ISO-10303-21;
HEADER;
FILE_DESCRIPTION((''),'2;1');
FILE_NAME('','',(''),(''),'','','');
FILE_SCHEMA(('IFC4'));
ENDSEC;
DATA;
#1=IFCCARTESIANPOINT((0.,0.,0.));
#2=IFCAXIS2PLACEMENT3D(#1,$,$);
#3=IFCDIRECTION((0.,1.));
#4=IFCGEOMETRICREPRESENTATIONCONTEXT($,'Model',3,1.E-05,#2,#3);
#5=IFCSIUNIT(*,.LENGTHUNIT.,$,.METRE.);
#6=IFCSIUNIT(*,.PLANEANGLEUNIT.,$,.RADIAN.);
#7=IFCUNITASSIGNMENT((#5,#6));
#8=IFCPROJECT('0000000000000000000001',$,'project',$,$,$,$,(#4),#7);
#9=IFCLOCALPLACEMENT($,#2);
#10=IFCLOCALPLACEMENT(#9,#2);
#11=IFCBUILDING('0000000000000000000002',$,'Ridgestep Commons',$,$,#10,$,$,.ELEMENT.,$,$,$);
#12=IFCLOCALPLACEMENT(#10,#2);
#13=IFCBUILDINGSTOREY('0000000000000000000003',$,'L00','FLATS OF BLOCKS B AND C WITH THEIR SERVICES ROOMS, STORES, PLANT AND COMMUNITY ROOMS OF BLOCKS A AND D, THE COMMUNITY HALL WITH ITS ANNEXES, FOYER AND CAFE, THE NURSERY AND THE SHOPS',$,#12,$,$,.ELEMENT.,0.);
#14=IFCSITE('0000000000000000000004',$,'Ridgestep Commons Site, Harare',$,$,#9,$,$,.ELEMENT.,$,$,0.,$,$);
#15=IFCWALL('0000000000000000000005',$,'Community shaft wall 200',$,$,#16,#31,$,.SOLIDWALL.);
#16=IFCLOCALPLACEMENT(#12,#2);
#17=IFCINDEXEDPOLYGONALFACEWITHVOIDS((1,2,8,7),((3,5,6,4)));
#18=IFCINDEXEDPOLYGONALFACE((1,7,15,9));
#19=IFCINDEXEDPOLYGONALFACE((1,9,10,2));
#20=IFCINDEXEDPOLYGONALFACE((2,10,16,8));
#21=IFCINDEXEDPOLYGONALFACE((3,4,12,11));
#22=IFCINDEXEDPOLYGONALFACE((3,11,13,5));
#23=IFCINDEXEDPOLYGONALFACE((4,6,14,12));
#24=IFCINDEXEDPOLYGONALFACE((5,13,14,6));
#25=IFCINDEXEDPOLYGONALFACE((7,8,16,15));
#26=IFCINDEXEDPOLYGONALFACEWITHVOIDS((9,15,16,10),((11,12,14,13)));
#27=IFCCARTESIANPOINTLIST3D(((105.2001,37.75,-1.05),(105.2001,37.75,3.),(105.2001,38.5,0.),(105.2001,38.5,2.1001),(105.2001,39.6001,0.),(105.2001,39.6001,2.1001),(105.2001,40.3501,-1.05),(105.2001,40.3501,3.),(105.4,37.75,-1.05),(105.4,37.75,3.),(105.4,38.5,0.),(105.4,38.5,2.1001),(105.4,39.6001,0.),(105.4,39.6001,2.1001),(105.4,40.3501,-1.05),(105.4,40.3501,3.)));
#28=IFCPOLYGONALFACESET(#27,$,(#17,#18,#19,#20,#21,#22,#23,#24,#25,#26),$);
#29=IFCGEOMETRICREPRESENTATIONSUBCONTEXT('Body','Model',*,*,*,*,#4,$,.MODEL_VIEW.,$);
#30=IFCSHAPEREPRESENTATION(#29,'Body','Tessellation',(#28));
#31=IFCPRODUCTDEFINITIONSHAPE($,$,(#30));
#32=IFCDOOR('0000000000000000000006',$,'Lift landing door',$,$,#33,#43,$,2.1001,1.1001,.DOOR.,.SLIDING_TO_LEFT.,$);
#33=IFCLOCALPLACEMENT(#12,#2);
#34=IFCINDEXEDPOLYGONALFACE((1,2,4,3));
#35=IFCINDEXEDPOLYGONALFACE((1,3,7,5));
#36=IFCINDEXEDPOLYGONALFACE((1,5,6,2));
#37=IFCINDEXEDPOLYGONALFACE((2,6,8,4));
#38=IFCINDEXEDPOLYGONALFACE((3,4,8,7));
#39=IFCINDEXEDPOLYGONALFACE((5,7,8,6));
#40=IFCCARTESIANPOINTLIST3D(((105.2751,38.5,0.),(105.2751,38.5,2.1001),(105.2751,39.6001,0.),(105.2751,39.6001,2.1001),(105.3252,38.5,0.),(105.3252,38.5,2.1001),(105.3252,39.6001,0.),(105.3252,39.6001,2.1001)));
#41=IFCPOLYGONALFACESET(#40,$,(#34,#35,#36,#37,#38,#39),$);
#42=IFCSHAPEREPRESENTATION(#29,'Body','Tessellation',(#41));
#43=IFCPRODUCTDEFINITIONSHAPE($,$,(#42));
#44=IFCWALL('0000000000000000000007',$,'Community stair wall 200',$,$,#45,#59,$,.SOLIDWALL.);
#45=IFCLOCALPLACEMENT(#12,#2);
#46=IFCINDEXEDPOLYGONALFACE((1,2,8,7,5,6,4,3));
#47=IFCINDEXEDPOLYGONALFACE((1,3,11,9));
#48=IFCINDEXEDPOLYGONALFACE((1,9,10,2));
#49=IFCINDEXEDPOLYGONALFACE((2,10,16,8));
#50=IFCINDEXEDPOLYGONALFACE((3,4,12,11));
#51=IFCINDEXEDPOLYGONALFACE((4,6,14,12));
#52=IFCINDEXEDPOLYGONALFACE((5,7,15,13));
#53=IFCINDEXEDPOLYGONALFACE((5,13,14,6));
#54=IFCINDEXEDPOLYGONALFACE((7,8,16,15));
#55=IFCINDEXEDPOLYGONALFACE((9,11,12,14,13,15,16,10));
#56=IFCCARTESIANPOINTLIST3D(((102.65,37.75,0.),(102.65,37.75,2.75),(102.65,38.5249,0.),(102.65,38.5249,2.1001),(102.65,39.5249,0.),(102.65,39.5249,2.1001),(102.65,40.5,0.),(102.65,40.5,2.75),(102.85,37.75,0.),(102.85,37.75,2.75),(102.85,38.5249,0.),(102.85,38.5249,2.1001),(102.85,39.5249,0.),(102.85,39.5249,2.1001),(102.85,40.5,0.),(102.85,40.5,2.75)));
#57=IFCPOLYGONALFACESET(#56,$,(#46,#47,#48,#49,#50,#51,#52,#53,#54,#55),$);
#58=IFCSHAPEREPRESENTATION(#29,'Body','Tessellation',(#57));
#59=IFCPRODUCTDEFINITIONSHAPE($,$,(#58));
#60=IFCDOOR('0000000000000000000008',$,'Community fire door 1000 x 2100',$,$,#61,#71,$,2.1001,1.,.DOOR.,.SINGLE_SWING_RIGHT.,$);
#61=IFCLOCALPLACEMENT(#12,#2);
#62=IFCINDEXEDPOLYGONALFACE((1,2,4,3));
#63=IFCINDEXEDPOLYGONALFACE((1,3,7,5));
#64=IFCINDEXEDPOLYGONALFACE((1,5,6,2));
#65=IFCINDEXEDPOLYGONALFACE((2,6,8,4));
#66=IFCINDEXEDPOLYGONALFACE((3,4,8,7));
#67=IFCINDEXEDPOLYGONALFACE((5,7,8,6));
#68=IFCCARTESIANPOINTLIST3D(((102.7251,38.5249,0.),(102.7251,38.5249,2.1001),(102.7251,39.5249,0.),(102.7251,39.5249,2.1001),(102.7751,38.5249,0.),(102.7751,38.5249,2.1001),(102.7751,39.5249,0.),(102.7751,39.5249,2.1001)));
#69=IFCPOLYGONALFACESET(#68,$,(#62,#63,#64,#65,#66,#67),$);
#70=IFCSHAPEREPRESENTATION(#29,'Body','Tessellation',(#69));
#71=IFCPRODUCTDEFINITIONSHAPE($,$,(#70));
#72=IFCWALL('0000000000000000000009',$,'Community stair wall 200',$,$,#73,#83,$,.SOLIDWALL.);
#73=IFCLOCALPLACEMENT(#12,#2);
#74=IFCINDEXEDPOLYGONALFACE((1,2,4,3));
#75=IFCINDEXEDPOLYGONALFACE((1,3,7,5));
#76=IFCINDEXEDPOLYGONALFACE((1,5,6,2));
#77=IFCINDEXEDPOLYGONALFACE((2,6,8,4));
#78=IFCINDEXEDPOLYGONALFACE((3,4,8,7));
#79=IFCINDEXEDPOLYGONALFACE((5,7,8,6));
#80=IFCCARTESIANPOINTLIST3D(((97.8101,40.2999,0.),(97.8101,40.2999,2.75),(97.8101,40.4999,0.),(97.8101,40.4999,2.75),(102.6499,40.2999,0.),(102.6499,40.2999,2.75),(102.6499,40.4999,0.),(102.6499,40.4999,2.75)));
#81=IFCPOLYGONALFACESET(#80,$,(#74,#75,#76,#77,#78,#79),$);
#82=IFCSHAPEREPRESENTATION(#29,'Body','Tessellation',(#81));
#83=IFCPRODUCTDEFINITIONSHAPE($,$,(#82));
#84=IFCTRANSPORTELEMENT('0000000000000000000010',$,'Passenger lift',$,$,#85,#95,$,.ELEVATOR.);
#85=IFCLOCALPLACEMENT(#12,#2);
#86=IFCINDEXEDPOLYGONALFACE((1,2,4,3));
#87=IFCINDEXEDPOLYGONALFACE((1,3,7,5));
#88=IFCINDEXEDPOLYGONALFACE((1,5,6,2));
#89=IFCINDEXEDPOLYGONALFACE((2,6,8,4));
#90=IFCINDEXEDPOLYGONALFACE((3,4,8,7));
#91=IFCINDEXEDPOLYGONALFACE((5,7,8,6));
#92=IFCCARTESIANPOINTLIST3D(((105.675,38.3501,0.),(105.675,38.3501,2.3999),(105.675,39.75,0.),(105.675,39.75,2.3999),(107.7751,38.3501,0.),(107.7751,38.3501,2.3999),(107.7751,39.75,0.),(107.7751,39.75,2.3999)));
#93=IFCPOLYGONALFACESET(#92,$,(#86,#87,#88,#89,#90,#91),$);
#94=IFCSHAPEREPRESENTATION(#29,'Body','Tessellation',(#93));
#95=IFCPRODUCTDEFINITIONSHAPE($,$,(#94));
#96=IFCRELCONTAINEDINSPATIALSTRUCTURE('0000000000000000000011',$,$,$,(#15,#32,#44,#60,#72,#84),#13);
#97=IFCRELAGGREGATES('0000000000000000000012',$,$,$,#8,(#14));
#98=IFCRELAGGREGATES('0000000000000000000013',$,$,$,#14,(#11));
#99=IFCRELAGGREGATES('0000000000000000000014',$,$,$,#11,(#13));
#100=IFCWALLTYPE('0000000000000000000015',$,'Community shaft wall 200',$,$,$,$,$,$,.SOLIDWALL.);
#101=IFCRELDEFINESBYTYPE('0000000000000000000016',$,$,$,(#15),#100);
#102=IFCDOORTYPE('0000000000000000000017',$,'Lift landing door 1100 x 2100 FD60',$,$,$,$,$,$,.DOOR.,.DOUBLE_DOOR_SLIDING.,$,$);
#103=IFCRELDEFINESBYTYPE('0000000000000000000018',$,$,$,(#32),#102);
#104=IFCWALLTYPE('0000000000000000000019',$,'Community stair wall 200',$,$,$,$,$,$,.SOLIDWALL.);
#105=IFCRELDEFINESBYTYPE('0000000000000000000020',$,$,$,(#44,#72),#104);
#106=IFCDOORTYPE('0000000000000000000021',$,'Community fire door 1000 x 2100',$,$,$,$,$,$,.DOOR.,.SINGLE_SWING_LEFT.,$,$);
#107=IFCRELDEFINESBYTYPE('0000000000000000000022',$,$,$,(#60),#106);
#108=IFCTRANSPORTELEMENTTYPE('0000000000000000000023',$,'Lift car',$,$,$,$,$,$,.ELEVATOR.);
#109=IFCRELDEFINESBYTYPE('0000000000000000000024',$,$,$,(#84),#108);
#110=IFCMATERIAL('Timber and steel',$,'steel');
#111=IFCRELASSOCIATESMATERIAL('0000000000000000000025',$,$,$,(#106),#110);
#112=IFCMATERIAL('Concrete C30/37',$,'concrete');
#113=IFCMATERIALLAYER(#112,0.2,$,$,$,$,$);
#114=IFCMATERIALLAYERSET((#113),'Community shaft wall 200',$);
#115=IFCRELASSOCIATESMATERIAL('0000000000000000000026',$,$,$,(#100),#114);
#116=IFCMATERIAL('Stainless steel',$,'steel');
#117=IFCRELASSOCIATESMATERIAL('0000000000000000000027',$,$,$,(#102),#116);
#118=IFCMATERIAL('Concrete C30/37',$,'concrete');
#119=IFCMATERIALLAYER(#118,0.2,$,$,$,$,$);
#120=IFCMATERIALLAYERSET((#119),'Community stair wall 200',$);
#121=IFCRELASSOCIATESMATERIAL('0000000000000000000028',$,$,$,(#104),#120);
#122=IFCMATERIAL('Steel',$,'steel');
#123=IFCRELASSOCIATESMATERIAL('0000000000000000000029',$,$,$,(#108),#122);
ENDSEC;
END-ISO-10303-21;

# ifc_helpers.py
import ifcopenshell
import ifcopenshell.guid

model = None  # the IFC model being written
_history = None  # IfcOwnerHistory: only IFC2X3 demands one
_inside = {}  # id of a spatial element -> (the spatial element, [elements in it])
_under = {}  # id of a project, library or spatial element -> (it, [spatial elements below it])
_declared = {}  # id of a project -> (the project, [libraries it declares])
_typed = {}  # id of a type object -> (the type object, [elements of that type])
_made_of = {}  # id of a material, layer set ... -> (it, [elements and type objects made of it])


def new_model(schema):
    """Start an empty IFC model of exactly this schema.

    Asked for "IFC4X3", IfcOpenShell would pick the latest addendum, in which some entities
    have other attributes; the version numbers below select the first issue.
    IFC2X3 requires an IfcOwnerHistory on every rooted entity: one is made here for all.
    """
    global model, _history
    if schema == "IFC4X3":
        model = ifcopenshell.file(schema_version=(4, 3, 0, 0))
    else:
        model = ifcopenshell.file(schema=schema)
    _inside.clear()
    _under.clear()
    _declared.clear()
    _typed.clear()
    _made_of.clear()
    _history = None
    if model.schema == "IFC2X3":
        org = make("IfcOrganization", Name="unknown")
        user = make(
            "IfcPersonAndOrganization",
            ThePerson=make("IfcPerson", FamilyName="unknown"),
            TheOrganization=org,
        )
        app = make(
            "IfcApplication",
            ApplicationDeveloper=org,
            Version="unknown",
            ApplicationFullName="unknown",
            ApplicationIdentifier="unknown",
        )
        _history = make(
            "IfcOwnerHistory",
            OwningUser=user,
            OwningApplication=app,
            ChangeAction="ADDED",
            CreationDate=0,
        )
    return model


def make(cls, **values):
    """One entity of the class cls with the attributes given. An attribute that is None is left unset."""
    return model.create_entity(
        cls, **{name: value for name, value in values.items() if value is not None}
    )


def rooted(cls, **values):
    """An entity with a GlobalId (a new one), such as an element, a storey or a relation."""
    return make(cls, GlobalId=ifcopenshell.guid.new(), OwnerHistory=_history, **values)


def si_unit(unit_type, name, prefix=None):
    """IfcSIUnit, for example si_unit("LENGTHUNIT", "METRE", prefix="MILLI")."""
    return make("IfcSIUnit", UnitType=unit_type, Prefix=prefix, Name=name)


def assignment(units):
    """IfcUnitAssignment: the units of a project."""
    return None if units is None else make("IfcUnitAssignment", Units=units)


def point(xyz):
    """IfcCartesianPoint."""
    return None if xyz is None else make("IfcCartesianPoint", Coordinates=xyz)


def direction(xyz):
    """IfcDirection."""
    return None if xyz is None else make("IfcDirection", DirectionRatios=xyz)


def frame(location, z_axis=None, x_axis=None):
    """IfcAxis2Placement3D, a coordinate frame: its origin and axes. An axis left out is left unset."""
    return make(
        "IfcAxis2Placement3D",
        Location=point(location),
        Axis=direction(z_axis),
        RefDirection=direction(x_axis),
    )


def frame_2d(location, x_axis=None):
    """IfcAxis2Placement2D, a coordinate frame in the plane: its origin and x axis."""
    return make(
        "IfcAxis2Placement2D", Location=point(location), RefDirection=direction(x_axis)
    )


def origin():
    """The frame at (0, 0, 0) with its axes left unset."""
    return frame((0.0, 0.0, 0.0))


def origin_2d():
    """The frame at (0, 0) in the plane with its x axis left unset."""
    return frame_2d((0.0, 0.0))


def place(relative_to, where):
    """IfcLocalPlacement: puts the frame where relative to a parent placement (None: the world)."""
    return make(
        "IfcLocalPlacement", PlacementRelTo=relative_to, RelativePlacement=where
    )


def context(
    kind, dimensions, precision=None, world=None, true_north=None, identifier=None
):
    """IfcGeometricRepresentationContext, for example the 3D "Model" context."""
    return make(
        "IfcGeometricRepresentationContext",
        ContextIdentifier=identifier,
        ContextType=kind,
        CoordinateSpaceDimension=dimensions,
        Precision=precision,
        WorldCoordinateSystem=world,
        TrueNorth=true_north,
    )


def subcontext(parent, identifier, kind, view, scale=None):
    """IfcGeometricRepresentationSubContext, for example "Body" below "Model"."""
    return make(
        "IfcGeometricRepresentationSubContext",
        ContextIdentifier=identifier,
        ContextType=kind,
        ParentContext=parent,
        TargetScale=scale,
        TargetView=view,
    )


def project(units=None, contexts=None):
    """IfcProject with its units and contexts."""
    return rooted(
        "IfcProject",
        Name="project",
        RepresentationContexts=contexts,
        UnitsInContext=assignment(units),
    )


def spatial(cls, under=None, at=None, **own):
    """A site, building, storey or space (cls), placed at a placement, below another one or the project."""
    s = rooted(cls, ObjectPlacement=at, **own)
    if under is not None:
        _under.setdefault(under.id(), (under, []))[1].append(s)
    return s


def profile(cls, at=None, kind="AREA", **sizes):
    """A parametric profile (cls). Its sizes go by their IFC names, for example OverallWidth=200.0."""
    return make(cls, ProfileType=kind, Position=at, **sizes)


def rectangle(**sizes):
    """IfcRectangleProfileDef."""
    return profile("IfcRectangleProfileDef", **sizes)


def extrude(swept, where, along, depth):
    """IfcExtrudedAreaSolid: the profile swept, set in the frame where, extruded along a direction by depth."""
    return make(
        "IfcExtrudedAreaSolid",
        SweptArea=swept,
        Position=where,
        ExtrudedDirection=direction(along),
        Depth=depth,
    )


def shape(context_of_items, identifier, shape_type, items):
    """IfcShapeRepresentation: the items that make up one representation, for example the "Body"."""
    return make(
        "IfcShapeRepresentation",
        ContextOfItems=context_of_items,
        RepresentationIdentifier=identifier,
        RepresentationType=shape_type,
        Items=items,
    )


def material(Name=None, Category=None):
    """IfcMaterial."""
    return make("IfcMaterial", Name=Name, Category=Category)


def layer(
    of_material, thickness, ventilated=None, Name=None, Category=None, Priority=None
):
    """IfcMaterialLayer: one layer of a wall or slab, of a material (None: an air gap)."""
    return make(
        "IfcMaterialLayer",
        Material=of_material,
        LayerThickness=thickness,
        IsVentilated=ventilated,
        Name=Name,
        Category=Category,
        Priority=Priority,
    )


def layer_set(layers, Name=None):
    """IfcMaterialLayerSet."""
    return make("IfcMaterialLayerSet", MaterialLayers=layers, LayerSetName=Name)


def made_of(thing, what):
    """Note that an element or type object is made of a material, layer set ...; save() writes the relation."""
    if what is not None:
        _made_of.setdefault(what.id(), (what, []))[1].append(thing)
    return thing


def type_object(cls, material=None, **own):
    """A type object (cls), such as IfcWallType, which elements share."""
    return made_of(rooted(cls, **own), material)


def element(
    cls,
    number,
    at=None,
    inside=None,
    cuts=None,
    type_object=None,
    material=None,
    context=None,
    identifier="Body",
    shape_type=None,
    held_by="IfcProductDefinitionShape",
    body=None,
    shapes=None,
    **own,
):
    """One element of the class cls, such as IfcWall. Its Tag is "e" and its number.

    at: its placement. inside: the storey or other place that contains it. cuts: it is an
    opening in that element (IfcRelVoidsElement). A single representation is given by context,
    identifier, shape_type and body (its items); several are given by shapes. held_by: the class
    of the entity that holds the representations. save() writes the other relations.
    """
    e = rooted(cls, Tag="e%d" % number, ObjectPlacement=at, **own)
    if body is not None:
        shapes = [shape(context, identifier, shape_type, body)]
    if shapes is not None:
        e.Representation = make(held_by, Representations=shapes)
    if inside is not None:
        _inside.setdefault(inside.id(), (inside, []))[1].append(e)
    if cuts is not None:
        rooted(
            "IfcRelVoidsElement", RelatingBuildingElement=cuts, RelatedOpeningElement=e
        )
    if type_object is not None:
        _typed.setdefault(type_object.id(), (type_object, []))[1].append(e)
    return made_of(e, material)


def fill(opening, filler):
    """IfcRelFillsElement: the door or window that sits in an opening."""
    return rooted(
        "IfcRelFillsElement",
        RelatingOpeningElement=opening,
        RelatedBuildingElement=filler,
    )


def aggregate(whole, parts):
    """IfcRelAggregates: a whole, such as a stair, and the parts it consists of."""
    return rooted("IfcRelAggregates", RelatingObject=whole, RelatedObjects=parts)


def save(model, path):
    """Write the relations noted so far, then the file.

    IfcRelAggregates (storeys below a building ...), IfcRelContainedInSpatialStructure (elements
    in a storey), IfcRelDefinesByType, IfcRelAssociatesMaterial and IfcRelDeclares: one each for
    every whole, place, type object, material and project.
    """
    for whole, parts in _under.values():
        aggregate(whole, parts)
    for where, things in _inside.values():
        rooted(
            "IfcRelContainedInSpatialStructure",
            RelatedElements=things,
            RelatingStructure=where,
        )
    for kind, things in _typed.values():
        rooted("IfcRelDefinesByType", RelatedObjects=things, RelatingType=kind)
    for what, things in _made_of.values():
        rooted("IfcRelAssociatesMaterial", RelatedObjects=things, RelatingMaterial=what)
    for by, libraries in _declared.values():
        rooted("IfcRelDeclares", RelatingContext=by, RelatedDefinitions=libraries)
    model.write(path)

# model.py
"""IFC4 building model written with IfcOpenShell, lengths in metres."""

from ifc_helpers import new_model, si_unit, direction, frame, frame_2d, origin, origin_2d, place, context, subcontext, project, spatial, rectangle, extrude, material, layer, layer_set, type_object, element, fill, save


model = new_model("IFC4")

# Units and contexts
model_context = context("Model", 3, precision=1e-05, world=origin(), true_north=direction((0.0, 1.0)))
body_context = subcontext(model_context, "Body", "Model", "MODEL_VIEW")
ifc_project = project(units=[si_unit("LENGTHUNIT", "METRE"), si_unit("PLANEANGLEUNIT", "RADIAN")], contexts=[model_context])

# Site, building, storey
site_placement = place(None, origin())
site = spatial("IfcSite", under=ifc_project, at=site_placement, Name="Ridgestep Commons Site, Harare", CompositionType="ELEMENT", RefElevation=0.0)
building_placement = place(site_placement, origin())
building = spatial("IfcBuilding", under=site, at=building_placement, Name="Ridgestep Commons", CompositionType="ELEMENT")
storey_placement = place(building_placement, origin())
storey = spatial("IfcBuildingStorey", under=building, at=storey_placement, Name="L00", Description="FLATS OF BLOCKS B AND C WITH THEIR SERVICES ROOMS, STORES, PLANT AND COMMUNITY ROOMS OF BLOCKS A AND D, THE COMMUNITY HALL WITH ITS ANNEXES, FOYER AND CAFE, THE NURSERY AND THE SHOPS", CompositionType="ELEMENT", Elevation=0.0)

# Shared definitions
ifc_material_1 = material(Name="Timber and steel", Category="steel")
door_type_1 = type_object("IfcDoorType", Name="Community fire door 1000 x 2100", OperationType="SINGLE_SWING_LEFT", PredefinedType="DOOR", material=ifc_material_1)

# Walls, openings, doors
ifc_material_2 = material(Name="Concrete C30/37", Category="concrete")
ifc_layer_1 = layer(ifc_material_2, 0.2)
ifc_layer_set_1 = layer_set([ifc_layer_1], Name="Community shaft wall 200")
wall_type_1 = type_object("IfcWallType", Name="Community shaft wall 200", PredefinedType="SOLIDWALL", material=ifc_layer_set_1)
wall_1_placement = place(storey_placement, frame((105.3, 37.75, -1.05), z_axis=(0.0, 0.0, 1.0), x_axis=(0.0, 1.0, 0.0)))
wall_1 = element("IfcWall", 1, at=wall_1_placement, inside=storey, type_object=wall_type_1, Name="Community shaft wall 200", PredefinedType="SOLIDWALL", context=body_context, shape_type="SweptSolid", body=[
    extrude(rectangle(XDim=2.6001, YDim=0.2, at=frame_2d((1.3, 0.0))), origin(), (0.0, 0.0, 1.0), 4.05),
])
opening_1_placement = place(wall_1_placement, frame((0.75, 0.0, 1.05)))
opening_1 = element("IfcOpeningElement", 2, at=opening_1_placement, cuts=wall_1, PredefinedType="OPENING", context=body_context, shape_type="SweptSolid", body=[
    extrude(rectangle(XDim=1.1001, YDim=2.1001, at=frame_2d((0.55, 1.05))), frame((0.0, 0.1099, 0.0), z_axis=(0.0, -1.0, 0.0), x_axis=(1.0, 0.0, 0.0)), (0.0, 0.0, 1.0), 0.22),
])
ifc_material_3 = material(Name="Stainless steel", Category="steel")
door_type_2 = type_object("IfcDoorType", Name="Lift landing door 1100 x 2100 FD60", OperationType="DOUBLE_DOOR_SLIDING", PredefinedType="DOOR", material=ifc_material_3)
door_1_placement = place(opening_1_placement, origin())
door_1 = element("IfcDoor", 3, at=door_1_placement, inside=storey, type_object=door_type_2, Name="Lift landing door", OperationType="SLIDING_TO_LEFT", OverallHeight=2.1001, OverallWidth=1.1001, PredefinedType="DOOR", context=body_context, shape_type="SweptSolid", body=[
    extrude(rectangle(XDim=1.1001, YDim=2.1001, at=frame_2d((0.55, 1.05))), frame((0.0, 0.0249, 0.0), z_axis=(0.0, -1.0, 0.0), x_axis=(1.0, 0.0, 0.0)), (0.0, 0.0, 1.0), 0.05),
])
fill(opening_1, door_1)
ifc_material_4 = material(Name="Concrete C30/37", Category="concrete")
ifc_layer_2 = layer(ifc_material_4, 0.2)
ifc_layer_set_2 = layer_set([ifc_layer_2], Name="Community stair wall 200")
wall_type_2 = type_object("IfcWallType", Name="Community stair wall 200", PredefinedType="SOLIDWALL", material=ifc_layer_set_2)
wall_2_placement = place(storey_placement, frame((102.75, 37.75, 0.0), z_axis=(0.0, 0.0, 1.0), x_axis=(0.0, 1.0, 0.0)))
wall_2 = element("IfcWall", 4, at=wall_2_placement, inside=storey, type_object=wall_type_2, Name="Community stair wall 200", PredefinedType="SOLIDWALL", context=body_context, shape_type="SweptSolid", body=[
    extrude(rectangle(XDim=2.75, YDim=0.2, at=frame_2d((1.375, 0.0))), origin(), (0.0, 0.0, 1.0), 2.75),
])
opening_2_placement = place(wall_2_placement, frame((0.7749, 0.0, 0.0)))
opening_2 = element("IfcOpeningElement", 5, at=opening_2_placement, cuts=wall_2, PredefinedType="OPENING", context=body_context, shape_type="SweptSolid", body=[
    extrude(rectangle(XDim=1.0, YDim=2.1001, at=frame_2d((0.5, 1.05))), frame((0.0, 0.1099, 0.0), z_axis=(0.0, -1.0, 0.0), x_axis=(1.0, 0.0, 0.0)), (0.0, 0.0, 1.0), 0.22),
])
door_2_placement = place(opening_2_placement, origin())
door_2 = element("IfcDoor", 6, at=door_2_placement, inside=storey, type_object=door_type_1, Name="Community fire door 1000 x 2100", OperationType="SINGLE_SWING_RIGHT", OverallHeight=2.1001, OverallWidth=1.0, PredefinedType="DOOR", context=body_context, shape_type="SweptSolid", body=[
    extrude(rectangle(XDim=1.0, YDim=2.1001, at=frame_2d((0.5, 1.05))), frame((0.0, 0.0249, 0.0), z_axis=(0.0, -1.0, 0.0), x_axis=(1.0, 0.0, 0.0)), (0.0, 0.0, 1.0), 0.05),
])
fill(opening_2, door_2)

# Wall
wall_3_placement = place(storey_placement, frame((102.6499, 40.3999, 0.0), z_axis=(0.0, 0.0, 1.0), x_axis=(-1.0, 0.0, 0.0)))
element("IfcWall", 7, at=wall_3_placement, inside=storey, type_object=wall_type_2, Name="Community stair wall 200", PredefinedType="SOLIDWALL", context=body_context, shape_type="SweptSolid", body=[
    extrude(rectangle(XDim=4.8398, YDim=0.2, at=frame_2d((2.4199, 0.0))), origin(), (0.0, 0.0, 1.0), 2.75),
])

# Transport element
ifc_material_5 = material(Name="Steel", Category="steel")
transport_element_type = type_object("IfcTransportElementType", Name="Lift car", PredefinedType="ELEVATOR", material=ifc_material_5)
transport_element_placement = place(storey_placement, frame((106.7251, 39.05, 0.0), z_axis=(0.0, 0.0, 1.0), x_axis=(1.0, 0.0, 0.0)))
element("IfcTransportElement", 8, at=transport_element_placement, inside=storey, type_object=transport_element_type, Name="Passenger lift", PredefinedType="ELEVATOR", context=body_context, shape_type="SweptSolid", body=[
    extrude(rectangle(XDim=2.1001, YDim=1.3999, at=origin_2d()), origin(), (0.0, 0.0, 1.0), 2.3999),
])

save(model, "model.ifc")
